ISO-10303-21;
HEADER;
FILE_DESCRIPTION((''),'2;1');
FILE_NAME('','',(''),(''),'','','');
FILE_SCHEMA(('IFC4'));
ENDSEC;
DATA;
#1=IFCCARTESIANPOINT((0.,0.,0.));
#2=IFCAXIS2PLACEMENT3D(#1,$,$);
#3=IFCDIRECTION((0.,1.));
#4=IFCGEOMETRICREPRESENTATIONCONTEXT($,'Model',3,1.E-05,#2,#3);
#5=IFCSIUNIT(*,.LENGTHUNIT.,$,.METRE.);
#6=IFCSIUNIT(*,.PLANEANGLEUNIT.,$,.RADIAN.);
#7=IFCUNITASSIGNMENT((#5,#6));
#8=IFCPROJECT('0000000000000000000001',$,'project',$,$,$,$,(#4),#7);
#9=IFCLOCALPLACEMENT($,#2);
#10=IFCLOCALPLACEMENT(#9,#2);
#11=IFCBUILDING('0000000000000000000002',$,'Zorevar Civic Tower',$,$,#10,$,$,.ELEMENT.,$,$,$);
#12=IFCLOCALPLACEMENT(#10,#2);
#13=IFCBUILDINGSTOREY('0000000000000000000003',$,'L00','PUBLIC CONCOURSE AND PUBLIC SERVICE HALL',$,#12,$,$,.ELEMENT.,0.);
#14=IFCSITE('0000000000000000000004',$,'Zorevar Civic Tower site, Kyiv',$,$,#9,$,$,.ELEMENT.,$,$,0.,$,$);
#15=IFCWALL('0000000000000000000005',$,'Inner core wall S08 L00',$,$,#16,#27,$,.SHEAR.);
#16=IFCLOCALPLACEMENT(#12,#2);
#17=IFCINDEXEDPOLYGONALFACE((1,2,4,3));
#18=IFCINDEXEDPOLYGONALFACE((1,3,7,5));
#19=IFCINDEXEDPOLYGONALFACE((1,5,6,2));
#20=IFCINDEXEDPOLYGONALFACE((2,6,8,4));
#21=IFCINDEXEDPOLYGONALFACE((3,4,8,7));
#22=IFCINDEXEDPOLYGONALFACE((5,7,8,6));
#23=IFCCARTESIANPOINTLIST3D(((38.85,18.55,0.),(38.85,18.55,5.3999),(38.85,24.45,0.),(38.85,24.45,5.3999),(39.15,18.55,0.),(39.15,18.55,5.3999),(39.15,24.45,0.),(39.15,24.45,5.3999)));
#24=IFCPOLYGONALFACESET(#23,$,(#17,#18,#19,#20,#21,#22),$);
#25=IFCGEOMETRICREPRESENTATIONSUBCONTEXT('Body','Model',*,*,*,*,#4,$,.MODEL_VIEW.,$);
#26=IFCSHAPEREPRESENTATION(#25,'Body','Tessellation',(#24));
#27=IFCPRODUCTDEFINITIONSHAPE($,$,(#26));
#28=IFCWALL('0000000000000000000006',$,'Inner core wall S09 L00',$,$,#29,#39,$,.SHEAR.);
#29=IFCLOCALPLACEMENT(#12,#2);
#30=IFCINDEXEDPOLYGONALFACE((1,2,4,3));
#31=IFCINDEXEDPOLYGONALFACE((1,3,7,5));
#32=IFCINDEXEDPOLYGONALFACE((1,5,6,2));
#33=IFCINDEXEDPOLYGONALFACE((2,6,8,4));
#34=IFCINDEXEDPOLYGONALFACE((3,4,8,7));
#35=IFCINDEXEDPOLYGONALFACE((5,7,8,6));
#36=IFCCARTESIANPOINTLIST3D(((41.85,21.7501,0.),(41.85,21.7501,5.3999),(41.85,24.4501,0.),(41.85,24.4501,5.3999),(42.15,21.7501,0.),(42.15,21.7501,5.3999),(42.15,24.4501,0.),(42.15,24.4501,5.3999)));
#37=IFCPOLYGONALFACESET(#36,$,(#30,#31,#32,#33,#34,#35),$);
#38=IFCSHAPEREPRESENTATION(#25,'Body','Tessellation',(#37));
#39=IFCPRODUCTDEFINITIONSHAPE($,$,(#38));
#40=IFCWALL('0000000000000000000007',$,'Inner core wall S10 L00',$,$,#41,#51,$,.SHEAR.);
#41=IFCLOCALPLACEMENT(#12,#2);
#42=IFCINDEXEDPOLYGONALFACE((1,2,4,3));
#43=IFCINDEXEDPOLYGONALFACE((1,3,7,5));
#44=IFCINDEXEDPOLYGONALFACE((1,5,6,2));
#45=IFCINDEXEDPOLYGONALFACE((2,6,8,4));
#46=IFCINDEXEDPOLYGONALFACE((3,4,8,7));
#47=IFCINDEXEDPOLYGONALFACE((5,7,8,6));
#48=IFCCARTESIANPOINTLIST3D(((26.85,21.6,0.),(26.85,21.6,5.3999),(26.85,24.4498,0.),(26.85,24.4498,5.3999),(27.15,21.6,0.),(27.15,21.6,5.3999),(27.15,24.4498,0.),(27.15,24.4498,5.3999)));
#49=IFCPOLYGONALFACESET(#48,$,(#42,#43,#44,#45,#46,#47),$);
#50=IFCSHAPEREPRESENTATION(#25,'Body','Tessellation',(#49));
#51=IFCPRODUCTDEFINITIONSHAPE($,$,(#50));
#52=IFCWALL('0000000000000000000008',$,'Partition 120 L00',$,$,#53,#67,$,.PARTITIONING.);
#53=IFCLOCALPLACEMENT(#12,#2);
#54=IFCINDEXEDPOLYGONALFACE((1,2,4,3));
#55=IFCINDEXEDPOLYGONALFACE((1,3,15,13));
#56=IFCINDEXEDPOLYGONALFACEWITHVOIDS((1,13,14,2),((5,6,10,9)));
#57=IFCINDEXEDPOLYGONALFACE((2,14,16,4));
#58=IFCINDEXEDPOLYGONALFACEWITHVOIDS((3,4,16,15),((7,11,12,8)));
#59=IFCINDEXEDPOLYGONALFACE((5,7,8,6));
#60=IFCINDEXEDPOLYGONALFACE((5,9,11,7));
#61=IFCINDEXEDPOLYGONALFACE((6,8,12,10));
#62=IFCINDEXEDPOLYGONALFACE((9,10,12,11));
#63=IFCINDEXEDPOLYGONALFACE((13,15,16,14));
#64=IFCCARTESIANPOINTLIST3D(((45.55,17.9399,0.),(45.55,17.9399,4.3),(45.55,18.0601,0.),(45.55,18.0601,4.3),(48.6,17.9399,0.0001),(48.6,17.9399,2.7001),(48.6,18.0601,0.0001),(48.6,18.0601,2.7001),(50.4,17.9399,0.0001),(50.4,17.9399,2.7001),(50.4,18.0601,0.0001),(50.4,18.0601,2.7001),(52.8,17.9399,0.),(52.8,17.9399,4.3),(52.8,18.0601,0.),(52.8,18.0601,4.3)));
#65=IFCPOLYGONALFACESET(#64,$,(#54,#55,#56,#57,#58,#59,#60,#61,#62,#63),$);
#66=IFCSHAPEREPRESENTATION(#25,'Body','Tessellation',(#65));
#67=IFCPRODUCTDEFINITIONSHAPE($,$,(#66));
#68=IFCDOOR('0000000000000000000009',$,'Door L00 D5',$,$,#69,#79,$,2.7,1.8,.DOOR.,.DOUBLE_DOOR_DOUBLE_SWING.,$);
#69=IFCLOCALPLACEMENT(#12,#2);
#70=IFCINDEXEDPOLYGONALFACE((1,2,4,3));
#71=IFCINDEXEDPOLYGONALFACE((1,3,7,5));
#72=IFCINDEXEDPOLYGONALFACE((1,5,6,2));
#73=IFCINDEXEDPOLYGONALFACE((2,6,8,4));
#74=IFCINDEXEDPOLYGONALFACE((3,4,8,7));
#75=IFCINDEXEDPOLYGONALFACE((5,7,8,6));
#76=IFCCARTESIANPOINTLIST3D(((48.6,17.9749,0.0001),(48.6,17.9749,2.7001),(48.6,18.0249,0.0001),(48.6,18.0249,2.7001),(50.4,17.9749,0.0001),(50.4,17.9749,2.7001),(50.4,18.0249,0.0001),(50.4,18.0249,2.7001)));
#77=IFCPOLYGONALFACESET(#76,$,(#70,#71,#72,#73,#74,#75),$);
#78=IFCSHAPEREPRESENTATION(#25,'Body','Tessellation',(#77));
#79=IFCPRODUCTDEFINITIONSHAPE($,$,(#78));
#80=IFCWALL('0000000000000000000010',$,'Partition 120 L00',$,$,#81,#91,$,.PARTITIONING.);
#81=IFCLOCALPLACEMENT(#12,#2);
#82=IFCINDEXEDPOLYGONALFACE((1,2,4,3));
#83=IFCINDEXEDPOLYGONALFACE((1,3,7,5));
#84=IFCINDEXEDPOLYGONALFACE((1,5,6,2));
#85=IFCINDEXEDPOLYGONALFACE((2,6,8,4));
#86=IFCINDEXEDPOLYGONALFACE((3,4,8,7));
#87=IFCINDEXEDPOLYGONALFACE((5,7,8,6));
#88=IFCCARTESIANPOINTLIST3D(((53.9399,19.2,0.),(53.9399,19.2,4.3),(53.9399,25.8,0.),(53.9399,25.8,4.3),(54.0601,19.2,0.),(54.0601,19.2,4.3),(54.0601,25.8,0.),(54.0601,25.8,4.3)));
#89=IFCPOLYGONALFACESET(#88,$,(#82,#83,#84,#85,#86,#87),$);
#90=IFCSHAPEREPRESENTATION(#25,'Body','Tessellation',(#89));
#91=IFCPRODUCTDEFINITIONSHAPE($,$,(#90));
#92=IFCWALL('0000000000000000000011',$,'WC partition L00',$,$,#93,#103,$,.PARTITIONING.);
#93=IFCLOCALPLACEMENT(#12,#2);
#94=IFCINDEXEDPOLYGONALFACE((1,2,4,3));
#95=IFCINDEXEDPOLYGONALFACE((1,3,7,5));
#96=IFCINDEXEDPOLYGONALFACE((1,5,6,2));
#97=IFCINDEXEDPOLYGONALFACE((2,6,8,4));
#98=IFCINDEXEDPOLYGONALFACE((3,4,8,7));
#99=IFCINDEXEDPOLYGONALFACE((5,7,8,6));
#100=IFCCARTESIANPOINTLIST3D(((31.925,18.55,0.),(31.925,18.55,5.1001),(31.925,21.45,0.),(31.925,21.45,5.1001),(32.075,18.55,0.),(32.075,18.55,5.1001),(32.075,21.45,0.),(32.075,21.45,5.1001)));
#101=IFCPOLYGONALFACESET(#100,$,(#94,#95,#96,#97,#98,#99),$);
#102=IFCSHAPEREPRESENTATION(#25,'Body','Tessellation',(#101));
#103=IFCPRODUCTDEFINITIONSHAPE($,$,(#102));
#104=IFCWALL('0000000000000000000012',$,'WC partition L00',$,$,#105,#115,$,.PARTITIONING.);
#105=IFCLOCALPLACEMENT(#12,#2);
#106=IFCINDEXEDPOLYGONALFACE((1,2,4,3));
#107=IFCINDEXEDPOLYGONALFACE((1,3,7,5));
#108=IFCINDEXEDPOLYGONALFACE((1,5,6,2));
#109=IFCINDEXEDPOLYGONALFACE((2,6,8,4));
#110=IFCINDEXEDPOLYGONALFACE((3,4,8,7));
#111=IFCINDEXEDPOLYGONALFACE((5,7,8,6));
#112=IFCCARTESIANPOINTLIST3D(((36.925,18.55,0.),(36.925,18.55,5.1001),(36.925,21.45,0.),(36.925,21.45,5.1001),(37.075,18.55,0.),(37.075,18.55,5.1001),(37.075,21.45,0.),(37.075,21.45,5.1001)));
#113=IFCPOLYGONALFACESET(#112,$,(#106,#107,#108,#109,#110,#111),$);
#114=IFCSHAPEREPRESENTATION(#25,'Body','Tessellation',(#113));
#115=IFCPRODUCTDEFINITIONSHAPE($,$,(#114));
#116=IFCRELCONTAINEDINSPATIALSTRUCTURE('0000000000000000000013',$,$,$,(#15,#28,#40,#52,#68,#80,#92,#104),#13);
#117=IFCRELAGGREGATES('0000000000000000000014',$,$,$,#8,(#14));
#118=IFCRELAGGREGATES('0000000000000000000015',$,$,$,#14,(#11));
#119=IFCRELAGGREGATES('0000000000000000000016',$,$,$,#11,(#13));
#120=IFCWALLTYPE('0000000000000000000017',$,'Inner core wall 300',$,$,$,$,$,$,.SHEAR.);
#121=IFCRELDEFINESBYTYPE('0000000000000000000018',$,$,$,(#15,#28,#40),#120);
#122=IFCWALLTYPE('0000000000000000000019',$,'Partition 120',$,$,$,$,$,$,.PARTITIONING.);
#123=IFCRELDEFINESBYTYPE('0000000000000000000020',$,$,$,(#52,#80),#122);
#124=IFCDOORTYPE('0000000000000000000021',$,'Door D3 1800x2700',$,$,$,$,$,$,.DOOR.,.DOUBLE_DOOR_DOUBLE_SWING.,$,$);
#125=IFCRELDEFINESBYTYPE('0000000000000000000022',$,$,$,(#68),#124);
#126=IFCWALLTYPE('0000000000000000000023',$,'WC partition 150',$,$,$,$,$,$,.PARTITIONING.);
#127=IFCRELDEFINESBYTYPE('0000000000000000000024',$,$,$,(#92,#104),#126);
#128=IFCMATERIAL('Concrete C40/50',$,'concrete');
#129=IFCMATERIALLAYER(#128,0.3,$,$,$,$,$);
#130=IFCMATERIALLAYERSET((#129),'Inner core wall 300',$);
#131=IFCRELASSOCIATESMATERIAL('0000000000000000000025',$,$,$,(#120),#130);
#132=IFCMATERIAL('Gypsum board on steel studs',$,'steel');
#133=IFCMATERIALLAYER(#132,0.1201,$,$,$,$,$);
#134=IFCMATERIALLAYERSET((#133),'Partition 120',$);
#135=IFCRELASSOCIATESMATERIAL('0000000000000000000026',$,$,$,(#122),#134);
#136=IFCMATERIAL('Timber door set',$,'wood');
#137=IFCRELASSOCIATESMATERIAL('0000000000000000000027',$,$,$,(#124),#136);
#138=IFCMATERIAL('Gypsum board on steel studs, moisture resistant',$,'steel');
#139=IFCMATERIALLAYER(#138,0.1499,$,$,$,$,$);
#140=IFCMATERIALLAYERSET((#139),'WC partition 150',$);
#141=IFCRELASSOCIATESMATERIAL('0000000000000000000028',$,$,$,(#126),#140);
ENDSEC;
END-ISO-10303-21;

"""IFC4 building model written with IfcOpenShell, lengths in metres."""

from ifc_helpers import new_model, si_unit, direction, frame, frame_2d, origin, place, context, subcontext, project, spatial, rectangle, extrude, material, layer, layer_set, type_object, element, fill, save


model = new_model("IFC4")

# Units and contexts
model_context = context("Model", 3, precision=1e-05, world=origin(), true_north=direction((0.0, 1.0)))
body_context = subcontext(model_context, "Body", "Model", "MODEL_VIEW")
ifc_project = project(units=[si_unit("LENGTHUNIT", "METRE"), si_unit("PLANEANGLEUNIT", "RADIAN")], contexts=[model_context])

# Site, building, storey
site_placement = place(None, origin())
site = spatial("IfcSite", under=ifc_project, at=site_placement, Name="Zorevar Civic Tower site, Kyiv", CompositionType="ELEMENT", RefElevation=0.0)
building_placement = place(site_placement, origin())
building = spatial("IfcBuilding", under=site, at=building_placement, Name="Zorevar Civic Tower", CompositionType="ELEMENT")
storey_placement = place(building_placement, origin())
storey = spatial("IfcBuildingStorey", under=building, at=storey_placement, Name="L00", Description="PUBLIC CONCOURSE AND PUBLIC SERVICE HALL", CompositionType="ELEMENT", Elevation=0.0)

# Walls
ifc_material_1 = material(Name="Concrete C40/50", Category="concrete")
ifc_layer_1 = layer(ifc_material_1, 0.3)
ifc_layer_set_1 = layer_set([ifc_layer_1], Name="Inner core wall 300")
wall_type_1 = type_object("IfcWallType", Name="Inner core wall 300", PredefinedType="SHEAR", material=ifc_layer_set_1)
wall_1_placement = place(storey_placement, frame((39.0, 18.55, 0.0), z_axis=(0.0, 0.0, 1.0), x_axis=(0.0, 1.0, 0.0)))
element("IfcWall", 1, at=wall_1_placement, inside=storey, type_object=wall_type_1, Name="Inner core wall S08 L00", PredefinedType="SHEAR", context=body_context, shape_type="SweptSolid", body=[
    extrude(rectangle(XDim=5.8999, YDim=0.3, at=frame_2d((2.95, 0.0))), origin(), (0.0, 0.0, 1.0), 5.3999),
])
wall_2_placement = place(storey_placement, frame((42.0, 21.75, 0.0), z_axis=(0.0, 0.0, 1.0), x_axis=(0.0, 1.0, 0.0)))
element("IfcWall", 2, at=wall_2_placement, inside=storey, type_object=wall_type_1, Name="Inner core wall S09 L00", PredefinedType="SHEAR", context=body_context, shape_type="SweptSolid", body=[
    extrude(rectangle(XDim=2.7, YDim=0.3, at=frame_2d((1.3501, 0.0))), origin(), (0.0, 0.0, 1.0), 5.3999),
])
wall_3_placement = place(storey_placement, frame((27.0, 21.6001, 0.0), z_axis=(0.0, 0.0, 1.0), x_axis=(0.0, 1.0, 0.0)))
element("IfcWall", 3, at=wall_3_placement, inside=storey, type_object=wall_type_1, Name="Inner core wall S10 L00", PredefinedType="SHEAR", context=body_context, shape_type="SweptSolid", body=[
    extrude(rectangle(XDim=2.8499, YDim=0.3, at=frame_2d((1.4248, 0.0))), origin(), (0.0, 0.0, 1.0), 5.3999),
])

# Wall, opening, door
ifc_material_2 = material(Name="Gypsum board on steel studs", Category="steel")
ifc_layer_2 = layer(ifc_material_2, 0.1201)
ifc_layer_set_2 = layer_set([ifc_layer_2], Name="Partition 120")
wall_type_2 = type_object("IfcWallType", Name="Partition 120", PredefinedType="PARTITIONING", material=ifc_layer_set_2)
wall_4_placement = place(storey_placement, frame((45.55, 18.0, 0.0), z_axis=(0.0, 0.0, 1.0), x_axis=(1.0, 0.0, 0.0)))
wall_4 = element("IfcWall", 4, at=wall_4_placement, inside=storey, type_object=wall_type_2, Name="Partition 120 L00", PredefinedType="PARTITIONING", context=body_context, shape_type="SweptSolid", body=[
    extrude(rectangle(XDim=7.25, YDim=0.1201, at=frame_2d((3.625, 0.0))), origin(), (0.0, 0.0, 1.0), 4.3),
])
opening_1_placement = place(wall_4_placement, frame((3.05, 0.0, 0.0)))
opening_1 = element("IfcOpeningElement", 5, at=opening_1_placement, cuts=wall_4, PredefinedType="OPENING", context=body_context, shape_type="SweptSolid", body=[
    extrude(rectangle(XDim=1.8, YDim=2.7, at=frame_2d((0.8999, 1.3501))), frame((0.0, 0.0701, 0.0), z_axis=(0.0, -1.0, 0.0), x_axis=(1.0, 0.0, 0.0)), (0.0, 0.0, 1.0), 0.1401),
])
ifc_material_3 = material(Name="Timber door set", Category="wood")
door_type_1 = type_object("IfcDoorType", Name="Door D3 1800x2700", OperationType="DOUBLE_DOOR_DOUBLE_SWING", PredefinedType="DOOR", material=ifc_material_3)
door_1_placement = place(opening_1_placement, origin())
door_1 = element("IfcDoor", 6, at=door_1_placement, inside=storey, type_object=door_type_1, Name="Door L00 D5", OperationType="DOUBLE_DOOR_DOUBLE_SWING", OverallHeight=2.7, OverallWidth=1.8, PredefinedType="DOOR", context=body_context, shape_type="SweptSolid", body=[
    extrude(rectangle(XDim=1.8, YDim=2.7, at=frame_2d((0.8999, 1.3501))), frame((0.0, 0.0249, 0.0), z_axis=(0.0, -1.0, 0.0), x_axis=(1.0, 0.0, 0.0)), (0.0, 0.0, 1.0), 0.05),
])
fill(opening_1, door_1)

# Walls
wall_5_placement = place(storey_placement, frame((54.0, 19.2, 0.0), z_axis=(0.0, 0.0, 1.0), x_axis=(0.0, 1.0, 0.0)))
element("IfcWall", 7, at=wall_5_placement, inside=storey, type_object=wall_type_2, Name="Partition 120 L00", PredefinedType="PARTITIONING", context=body_context, shape_type="SweptSolid", body=[
    extrude(rectangle(XDim=6.6001, YDim=0.1201, at=frame_2d((3.3, 0.0))), origin(), (0.0, 0.0, 1.0), 4.3),
])
ifc_material_4 = material(Name="Gypsum board on steel studs, moisture resistant", Category="steel")
ifc_layer_3 = layer(ifc_material_4, 0.1499)
ifc_layer_set_3 = layer_set([ifc_layer_3], Name="WC partition 150")
wall_type_3 = type_object("IfcWallType", Name="WC partition 150", PredefinedType="PARTITIONING", material=ifc_layer_set_3)
for number, where, z_axis, x_axis, name in (
    (8, (32.0, 18.55, 0.0), (0.0, 0.0, 1.0), (0.0, 1.0, 0.0), "WC partition L00"),
    (9, (37.0, 18.55, 0.0), (0.0, 0.0, 1.0), (0.0, 1.0, 0.0), "WC partition L00"),
):
    element("IfcWall", number, at=place(storey_placement, frame(where, z_axis=z_axis, x_axis=x_axis)), inside=storey, type_object=wall_type_3, Name=name, PredefinedType="PARTITIONING", context=body_context, shape_type="SweptSolid", body=[
        extrude(rectangle(XDim=2.8999, YDim=0.1499, at=frame_2d((1.45, 0.0))), origin(), (0.0, 0.0, 1.0), 5.1001),
    ])

save(model, "model.ifc")
